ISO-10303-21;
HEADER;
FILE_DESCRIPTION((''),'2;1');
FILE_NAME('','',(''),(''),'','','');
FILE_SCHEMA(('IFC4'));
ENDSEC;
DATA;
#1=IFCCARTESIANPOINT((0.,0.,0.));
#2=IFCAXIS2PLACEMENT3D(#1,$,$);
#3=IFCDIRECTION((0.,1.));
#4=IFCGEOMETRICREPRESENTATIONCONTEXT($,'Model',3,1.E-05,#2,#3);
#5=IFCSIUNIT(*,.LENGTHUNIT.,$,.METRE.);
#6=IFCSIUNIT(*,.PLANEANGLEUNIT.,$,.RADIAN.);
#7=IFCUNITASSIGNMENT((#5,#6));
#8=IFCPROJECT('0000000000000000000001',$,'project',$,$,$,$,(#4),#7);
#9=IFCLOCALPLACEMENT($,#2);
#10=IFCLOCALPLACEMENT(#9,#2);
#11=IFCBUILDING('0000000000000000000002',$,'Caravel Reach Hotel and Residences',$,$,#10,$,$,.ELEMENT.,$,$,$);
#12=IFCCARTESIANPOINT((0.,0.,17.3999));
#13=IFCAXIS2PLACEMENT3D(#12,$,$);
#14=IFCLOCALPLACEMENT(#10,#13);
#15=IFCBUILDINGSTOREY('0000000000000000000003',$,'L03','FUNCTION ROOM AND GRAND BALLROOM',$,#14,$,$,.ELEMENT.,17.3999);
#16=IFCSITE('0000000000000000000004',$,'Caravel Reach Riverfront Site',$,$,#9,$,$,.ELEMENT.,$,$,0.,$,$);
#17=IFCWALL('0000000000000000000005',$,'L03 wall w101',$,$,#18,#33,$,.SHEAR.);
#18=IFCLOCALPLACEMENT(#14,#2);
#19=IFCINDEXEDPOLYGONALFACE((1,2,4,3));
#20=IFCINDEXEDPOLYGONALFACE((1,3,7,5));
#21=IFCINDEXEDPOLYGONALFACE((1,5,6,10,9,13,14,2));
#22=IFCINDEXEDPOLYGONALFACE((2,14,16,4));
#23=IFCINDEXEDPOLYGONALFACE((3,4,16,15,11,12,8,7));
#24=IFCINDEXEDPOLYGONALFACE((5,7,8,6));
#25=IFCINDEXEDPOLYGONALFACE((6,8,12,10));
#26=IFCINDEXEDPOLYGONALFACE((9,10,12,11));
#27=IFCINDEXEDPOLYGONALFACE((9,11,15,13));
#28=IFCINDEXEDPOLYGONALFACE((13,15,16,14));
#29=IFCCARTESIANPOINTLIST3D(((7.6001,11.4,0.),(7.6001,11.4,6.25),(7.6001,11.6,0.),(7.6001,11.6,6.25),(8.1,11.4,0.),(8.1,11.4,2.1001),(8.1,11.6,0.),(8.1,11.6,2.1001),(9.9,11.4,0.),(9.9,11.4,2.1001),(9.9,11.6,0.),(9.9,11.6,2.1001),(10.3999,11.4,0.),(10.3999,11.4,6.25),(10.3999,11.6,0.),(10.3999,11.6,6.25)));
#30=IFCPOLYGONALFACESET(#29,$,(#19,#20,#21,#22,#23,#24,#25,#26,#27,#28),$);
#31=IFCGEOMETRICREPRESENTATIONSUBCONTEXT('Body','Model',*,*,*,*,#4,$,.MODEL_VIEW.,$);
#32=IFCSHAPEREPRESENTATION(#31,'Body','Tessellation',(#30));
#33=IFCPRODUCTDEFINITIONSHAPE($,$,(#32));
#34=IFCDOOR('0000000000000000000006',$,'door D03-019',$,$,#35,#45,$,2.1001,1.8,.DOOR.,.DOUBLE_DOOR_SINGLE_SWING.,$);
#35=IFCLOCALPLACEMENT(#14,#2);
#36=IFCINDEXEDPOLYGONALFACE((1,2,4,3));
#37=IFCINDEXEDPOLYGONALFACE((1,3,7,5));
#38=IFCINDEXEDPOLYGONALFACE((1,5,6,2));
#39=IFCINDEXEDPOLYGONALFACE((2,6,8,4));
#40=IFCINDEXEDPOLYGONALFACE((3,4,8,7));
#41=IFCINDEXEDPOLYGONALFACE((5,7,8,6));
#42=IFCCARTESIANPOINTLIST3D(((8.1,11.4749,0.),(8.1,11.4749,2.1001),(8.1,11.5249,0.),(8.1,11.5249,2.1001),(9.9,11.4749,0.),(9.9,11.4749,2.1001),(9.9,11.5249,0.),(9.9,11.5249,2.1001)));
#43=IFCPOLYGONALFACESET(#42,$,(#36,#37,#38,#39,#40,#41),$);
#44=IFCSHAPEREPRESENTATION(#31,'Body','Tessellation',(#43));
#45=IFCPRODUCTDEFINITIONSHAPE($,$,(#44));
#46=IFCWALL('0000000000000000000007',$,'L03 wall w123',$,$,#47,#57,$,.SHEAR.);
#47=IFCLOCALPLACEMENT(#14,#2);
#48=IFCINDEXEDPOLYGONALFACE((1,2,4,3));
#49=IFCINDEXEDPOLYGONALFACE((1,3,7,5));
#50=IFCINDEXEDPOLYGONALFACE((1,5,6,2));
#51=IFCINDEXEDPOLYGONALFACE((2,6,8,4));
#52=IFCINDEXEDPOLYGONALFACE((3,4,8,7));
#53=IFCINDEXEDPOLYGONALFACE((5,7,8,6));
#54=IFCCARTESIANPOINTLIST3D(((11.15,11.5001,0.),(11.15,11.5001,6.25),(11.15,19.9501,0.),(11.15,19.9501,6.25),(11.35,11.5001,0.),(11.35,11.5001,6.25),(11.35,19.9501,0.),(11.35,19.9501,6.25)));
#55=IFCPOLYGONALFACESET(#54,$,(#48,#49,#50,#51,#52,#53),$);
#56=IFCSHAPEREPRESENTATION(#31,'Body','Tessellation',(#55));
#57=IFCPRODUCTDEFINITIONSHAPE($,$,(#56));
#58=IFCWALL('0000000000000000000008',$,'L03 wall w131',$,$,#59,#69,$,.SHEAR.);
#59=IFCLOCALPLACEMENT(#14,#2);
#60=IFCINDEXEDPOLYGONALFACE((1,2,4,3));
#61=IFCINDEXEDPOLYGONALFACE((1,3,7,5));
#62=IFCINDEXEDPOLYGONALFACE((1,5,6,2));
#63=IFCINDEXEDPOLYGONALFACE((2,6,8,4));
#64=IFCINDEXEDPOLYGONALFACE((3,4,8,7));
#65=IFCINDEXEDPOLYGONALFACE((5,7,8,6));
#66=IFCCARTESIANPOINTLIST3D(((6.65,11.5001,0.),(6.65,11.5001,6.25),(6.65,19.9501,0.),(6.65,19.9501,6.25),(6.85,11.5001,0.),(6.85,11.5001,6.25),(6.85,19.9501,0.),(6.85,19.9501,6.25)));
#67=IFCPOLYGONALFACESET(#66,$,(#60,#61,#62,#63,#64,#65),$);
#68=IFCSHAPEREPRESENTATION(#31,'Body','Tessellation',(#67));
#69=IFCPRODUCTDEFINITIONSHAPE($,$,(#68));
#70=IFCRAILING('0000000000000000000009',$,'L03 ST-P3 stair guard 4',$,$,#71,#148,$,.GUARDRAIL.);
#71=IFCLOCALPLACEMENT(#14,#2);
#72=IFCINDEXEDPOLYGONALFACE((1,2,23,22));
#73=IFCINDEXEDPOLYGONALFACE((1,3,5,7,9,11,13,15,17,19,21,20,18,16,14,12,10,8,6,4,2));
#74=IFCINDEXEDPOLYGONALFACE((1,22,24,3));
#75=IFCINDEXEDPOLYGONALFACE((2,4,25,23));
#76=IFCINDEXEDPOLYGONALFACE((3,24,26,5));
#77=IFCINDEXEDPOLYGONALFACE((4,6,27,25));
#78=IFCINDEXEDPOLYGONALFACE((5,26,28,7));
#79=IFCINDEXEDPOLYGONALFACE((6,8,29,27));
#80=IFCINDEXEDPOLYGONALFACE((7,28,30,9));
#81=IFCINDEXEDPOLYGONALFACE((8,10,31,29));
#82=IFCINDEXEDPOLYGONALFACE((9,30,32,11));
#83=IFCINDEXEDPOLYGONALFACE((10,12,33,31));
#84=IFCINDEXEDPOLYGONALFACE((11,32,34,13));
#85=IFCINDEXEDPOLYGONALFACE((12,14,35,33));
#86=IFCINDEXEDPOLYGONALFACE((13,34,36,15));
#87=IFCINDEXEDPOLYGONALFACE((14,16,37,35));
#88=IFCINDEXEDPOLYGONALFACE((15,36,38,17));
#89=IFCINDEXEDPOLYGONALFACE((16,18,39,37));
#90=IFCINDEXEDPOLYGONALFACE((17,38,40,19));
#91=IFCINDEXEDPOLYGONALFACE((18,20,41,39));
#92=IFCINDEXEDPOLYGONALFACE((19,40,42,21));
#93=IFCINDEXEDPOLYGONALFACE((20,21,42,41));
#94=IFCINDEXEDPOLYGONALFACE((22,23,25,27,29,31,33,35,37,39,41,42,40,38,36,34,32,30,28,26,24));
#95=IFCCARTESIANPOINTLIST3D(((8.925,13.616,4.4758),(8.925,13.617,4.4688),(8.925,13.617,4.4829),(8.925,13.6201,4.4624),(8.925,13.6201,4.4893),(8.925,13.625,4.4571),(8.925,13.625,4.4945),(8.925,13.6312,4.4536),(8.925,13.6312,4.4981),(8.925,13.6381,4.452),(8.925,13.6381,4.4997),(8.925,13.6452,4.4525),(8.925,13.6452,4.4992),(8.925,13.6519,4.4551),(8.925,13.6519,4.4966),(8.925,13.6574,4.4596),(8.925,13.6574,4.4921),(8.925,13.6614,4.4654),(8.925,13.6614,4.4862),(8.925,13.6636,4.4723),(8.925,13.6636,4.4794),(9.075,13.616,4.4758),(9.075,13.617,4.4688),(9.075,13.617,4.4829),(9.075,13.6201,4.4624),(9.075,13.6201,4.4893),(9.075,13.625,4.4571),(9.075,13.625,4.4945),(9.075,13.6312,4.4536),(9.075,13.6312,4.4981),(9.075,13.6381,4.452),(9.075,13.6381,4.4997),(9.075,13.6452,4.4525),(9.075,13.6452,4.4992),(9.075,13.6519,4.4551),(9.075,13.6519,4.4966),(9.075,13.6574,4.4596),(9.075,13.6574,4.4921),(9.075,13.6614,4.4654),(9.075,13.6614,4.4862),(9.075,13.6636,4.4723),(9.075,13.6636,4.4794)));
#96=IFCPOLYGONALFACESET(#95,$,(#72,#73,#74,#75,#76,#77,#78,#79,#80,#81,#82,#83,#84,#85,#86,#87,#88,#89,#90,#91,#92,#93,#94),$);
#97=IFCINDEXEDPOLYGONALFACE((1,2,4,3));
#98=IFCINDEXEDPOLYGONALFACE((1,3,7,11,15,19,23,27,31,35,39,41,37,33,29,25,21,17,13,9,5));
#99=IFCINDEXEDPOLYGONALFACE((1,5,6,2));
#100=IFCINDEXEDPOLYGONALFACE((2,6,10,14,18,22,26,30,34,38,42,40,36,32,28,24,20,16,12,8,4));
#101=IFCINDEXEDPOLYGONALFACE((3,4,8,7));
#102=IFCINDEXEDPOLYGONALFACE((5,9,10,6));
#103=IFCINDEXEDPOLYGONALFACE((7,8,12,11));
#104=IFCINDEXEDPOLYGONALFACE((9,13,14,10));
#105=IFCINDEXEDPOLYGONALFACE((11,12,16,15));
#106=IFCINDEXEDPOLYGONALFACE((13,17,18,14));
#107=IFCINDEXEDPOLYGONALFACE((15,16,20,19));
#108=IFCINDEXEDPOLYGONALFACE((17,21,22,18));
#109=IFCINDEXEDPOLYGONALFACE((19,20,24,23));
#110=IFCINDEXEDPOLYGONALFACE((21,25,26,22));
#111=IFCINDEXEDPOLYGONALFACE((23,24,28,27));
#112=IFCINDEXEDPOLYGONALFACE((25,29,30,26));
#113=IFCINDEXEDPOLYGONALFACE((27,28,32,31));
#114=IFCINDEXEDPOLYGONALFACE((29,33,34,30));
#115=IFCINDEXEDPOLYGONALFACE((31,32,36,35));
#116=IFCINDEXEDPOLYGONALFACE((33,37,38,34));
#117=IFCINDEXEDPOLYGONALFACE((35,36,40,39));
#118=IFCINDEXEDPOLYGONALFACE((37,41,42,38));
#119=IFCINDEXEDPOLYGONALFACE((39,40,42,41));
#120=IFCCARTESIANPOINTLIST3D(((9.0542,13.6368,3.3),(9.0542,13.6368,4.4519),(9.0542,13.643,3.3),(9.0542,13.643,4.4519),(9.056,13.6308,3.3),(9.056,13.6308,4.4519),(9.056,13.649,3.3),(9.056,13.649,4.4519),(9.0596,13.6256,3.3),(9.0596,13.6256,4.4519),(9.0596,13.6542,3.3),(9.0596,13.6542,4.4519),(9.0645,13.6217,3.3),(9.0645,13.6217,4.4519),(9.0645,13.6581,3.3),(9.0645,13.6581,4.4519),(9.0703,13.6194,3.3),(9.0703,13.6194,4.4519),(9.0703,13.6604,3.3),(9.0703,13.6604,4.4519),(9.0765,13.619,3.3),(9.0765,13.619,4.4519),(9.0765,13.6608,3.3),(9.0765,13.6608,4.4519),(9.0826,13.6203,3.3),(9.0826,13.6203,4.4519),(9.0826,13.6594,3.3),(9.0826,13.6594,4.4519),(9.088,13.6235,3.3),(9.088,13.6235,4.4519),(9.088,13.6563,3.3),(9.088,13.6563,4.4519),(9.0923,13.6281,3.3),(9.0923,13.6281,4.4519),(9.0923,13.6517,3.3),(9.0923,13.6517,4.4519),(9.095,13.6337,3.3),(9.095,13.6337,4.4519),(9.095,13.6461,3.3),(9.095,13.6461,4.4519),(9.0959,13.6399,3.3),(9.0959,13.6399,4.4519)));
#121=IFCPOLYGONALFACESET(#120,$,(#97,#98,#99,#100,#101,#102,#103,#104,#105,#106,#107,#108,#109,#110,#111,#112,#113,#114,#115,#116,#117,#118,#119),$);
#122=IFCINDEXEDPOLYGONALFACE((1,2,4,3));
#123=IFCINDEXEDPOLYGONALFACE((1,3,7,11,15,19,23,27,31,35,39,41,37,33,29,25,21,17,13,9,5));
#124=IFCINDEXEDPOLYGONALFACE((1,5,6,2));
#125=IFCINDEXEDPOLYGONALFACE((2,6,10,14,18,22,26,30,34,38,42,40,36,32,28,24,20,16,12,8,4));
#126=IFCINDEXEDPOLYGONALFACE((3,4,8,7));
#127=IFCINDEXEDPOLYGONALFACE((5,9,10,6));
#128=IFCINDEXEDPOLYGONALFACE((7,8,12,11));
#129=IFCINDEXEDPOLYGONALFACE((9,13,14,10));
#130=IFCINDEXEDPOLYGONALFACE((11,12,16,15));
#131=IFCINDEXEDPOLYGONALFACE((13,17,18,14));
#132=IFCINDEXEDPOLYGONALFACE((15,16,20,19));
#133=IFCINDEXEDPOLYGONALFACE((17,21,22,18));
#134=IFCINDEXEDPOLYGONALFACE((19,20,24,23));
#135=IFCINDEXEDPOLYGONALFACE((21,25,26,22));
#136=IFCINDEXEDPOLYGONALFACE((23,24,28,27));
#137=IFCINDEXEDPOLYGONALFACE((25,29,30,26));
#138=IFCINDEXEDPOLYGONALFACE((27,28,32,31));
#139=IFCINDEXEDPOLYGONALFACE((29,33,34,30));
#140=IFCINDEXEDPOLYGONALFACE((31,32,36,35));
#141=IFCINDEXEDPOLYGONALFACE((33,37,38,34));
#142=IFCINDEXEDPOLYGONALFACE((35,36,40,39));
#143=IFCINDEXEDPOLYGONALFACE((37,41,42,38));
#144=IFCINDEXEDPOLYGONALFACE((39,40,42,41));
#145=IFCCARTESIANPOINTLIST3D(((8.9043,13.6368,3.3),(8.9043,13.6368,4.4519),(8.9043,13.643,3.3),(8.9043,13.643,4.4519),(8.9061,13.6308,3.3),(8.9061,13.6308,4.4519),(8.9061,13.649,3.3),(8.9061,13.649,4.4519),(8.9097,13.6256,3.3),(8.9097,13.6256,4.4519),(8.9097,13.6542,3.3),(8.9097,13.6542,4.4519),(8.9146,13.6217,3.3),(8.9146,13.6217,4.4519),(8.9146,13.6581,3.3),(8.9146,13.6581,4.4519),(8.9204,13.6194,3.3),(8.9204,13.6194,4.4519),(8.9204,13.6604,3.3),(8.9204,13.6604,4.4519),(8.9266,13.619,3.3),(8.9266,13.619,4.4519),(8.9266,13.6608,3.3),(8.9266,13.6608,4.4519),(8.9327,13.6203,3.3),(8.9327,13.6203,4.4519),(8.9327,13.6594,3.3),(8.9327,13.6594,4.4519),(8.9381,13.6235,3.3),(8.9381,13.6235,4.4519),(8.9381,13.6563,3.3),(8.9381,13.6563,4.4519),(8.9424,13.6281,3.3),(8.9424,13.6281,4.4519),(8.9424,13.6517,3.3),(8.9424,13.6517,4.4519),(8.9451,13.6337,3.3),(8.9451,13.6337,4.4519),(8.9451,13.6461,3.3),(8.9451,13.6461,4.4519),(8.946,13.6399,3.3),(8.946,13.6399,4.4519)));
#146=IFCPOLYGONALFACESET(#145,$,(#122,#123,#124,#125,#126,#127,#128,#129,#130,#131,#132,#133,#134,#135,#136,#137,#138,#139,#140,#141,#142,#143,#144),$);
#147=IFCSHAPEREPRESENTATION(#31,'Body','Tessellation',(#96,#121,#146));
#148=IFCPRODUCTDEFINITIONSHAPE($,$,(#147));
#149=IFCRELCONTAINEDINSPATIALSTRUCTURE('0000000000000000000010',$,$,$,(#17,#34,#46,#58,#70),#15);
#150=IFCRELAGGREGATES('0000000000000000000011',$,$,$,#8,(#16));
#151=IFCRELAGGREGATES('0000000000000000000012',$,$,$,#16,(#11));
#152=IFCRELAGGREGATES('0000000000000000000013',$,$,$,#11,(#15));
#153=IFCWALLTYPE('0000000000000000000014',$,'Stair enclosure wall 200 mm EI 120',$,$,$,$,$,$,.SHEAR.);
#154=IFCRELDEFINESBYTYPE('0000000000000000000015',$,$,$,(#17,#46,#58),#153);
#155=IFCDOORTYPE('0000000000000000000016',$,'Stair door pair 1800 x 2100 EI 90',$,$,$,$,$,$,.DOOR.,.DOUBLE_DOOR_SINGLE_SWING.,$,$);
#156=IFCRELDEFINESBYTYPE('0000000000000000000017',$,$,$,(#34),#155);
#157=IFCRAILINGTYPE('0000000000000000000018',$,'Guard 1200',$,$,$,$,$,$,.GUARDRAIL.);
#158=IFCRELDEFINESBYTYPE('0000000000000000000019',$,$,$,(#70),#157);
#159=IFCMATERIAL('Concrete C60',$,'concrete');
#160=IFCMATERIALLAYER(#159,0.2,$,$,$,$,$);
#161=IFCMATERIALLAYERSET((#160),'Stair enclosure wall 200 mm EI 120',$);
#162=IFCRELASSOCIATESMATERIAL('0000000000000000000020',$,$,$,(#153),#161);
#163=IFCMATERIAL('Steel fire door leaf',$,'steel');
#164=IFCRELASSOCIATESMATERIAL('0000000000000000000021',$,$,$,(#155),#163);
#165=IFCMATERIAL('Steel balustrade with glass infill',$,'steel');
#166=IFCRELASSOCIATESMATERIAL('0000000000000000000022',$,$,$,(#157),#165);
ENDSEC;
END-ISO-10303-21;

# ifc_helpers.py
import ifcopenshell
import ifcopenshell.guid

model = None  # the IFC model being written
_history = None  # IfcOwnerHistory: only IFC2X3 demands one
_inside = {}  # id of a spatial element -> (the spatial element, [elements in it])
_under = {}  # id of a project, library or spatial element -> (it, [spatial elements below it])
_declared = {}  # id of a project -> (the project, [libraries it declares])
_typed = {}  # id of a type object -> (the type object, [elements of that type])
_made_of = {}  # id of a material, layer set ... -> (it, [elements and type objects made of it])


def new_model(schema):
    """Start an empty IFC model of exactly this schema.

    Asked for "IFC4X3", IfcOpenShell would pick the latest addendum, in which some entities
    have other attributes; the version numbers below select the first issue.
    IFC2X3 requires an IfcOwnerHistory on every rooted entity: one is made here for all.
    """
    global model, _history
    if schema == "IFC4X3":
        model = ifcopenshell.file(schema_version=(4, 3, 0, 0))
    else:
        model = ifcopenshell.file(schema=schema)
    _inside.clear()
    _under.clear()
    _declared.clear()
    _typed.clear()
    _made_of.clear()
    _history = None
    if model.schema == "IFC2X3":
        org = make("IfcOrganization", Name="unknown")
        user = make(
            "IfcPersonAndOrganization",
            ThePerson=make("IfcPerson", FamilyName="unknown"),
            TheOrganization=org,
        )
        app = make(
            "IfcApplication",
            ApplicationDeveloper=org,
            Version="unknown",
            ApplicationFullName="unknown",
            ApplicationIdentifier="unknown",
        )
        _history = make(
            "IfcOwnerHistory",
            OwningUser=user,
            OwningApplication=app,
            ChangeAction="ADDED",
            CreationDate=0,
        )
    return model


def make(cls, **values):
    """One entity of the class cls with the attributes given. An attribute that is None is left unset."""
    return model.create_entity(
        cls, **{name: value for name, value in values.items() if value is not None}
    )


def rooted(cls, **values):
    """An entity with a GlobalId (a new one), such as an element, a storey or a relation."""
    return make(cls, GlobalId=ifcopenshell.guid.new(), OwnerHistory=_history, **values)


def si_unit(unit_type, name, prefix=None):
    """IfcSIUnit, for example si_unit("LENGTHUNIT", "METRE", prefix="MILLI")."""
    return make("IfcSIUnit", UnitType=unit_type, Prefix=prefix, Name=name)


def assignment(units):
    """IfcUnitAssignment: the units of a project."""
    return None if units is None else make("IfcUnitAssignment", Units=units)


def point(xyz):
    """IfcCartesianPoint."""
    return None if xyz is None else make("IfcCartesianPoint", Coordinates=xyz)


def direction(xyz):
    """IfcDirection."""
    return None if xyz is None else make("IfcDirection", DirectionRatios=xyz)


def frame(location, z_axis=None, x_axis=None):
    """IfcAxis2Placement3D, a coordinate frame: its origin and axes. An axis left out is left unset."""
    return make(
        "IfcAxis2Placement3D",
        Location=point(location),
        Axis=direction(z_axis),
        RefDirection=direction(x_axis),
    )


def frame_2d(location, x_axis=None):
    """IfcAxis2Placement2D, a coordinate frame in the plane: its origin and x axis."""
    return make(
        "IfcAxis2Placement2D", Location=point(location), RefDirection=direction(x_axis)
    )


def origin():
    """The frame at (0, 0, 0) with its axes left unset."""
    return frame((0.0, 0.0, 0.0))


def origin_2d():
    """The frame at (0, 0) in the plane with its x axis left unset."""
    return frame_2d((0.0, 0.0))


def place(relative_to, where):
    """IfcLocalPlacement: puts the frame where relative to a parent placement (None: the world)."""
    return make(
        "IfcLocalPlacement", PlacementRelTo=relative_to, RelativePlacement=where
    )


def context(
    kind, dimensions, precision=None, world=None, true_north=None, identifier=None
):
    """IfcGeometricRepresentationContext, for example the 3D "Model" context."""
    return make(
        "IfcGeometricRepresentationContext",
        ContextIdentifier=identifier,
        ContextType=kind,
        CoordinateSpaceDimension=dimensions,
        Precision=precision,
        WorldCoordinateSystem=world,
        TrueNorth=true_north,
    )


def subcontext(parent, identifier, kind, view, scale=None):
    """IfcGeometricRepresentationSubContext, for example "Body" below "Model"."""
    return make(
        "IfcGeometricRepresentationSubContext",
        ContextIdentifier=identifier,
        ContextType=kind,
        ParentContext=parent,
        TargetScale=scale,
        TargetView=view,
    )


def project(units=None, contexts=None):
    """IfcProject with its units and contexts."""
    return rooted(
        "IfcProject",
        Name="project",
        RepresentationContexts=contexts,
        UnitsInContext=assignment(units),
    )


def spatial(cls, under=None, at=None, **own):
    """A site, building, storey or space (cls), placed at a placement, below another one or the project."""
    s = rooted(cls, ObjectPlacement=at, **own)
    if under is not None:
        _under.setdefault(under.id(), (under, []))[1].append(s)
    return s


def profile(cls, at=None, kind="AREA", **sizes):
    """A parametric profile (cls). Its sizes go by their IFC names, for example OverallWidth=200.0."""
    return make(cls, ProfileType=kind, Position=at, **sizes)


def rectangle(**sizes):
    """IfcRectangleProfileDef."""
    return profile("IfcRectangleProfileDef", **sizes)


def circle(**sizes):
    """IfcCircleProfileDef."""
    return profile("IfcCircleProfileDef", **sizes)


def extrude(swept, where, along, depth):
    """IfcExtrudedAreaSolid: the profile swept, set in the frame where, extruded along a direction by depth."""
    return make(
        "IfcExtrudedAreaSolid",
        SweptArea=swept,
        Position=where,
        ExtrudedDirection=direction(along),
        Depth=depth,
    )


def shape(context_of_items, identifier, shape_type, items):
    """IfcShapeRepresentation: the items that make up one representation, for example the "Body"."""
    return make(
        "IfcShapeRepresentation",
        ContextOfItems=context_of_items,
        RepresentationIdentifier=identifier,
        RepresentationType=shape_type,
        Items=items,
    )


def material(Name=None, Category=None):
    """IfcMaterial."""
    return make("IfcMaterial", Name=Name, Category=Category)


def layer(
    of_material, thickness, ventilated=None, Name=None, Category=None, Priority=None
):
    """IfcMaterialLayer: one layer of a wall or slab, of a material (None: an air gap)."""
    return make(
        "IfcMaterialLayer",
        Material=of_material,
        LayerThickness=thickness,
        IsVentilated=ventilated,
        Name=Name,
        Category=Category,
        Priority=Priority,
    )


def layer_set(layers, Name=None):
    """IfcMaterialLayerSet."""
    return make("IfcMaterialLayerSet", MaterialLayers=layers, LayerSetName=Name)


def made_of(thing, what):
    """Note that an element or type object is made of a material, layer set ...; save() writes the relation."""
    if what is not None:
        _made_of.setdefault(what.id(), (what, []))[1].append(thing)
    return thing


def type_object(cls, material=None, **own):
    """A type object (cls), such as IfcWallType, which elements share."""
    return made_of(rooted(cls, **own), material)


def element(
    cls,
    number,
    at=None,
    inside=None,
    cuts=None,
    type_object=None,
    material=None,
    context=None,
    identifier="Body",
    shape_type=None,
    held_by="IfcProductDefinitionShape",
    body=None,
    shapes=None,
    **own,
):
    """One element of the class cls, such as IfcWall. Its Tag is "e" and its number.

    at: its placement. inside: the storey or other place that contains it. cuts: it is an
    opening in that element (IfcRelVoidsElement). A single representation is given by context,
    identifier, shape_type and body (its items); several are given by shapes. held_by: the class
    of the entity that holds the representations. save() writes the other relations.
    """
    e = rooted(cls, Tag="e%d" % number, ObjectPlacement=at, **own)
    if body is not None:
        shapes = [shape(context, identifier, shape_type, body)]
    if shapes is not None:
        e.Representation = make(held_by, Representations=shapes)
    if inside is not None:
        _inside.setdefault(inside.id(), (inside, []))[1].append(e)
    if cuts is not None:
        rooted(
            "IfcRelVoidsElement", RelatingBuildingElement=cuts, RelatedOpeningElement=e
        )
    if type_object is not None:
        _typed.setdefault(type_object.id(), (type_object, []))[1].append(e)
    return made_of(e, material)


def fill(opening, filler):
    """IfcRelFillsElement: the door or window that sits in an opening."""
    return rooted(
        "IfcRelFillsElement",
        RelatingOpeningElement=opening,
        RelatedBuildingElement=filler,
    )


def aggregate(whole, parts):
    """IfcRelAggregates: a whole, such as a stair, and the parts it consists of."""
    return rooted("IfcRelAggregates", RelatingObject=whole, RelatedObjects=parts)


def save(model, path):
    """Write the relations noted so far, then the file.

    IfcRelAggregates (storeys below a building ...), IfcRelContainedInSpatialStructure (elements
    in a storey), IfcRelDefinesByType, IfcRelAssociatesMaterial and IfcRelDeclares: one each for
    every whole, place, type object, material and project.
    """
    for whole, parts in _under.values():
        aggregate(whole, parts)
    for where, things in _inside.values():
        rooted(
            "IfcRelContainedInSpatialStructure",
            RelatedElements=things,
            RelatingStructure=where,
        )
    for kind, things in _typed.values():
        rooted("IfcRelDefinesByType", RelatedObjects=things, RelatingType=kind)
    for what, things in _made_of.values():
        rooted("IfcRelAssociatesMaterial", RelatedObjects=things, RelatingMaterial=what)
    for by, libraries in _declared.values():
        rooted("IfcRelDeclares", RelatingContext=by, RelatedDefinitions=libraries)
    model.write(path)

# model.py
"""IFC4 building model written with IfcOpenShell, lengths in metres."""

from ifc_helpers import new_model, si_unit, direction, frame, frame_2d, origin, origin_2d, place, context, subcontext, project, spatial, rectangle, circle, extrude, material, layer, layer_set, type_object, element, fill, save


model = new_model("IFC4")

# Units and contexts
model_context = context("Model", 3, precision=1e-05, world=origin(), true_north=direction((0.0, 1.0)))
body_context = subcontext(model_context, "Body", "Model", "MODEL_VIEW")
ifc_project = project(units=[si_unit("LENGTHUNIT", "METRE"), si_unit("PLANEANGLEUNIT", "RADIAN")], contexts=[model_context])

# Site, building, storey
site_placement = place(None, origin())
site = spatial("IfcSite", under=ifc_project, at=site_placement, Name="Caravel Reach Riverfront Site", CompositionType="ELEMENT", RefElevation=0.0)
building_placement = place(site_placement, origin())
building = spatial("IfcBuilding", under=site, at=building_placement, Name="Caravel Reach Hotel and Residences", CompositionType="ELEMENT")
storey_placement = place(building_placement, frame((0.0, 0.0, 17.3999)))
storey = spatial("IfcBuildingStorey", under=building, at=storey_placement, Name="L03", Description="FUNCTION ROOM AND GRAND BALLROOM", CompositionType="ELEMENT", Elevation=17.3999)

# Shared definitions
ifc_material_1 = material(Name="Concrete C60", Category="concrete")
ifc_layer_1 = layer(ifc_material_1, 0.2)
ifc_layer_set_1 = layer_set([ifc_layer_1], Name="Stair enclosure wall 200 mm EI 120")
wall_type_1 = type_object("IfcWallType", Name="Stair enclosure wall 200 mm EI 120", PredefinedType="SHEAR", material=ifc_layer_set_1)

# Wall, opening, door
wall_1_placement = place(storey_placement, frame((7.6001, 11.5, 0.0), z_axis=(0.0, 0.0, 1.0), x_axis=(1.0, 0.0, 0.0)))
wall_1 = element("IfcWall", 1, at=wall_1_placement, inside=storey, type_object=wall_type_1, Name="L03 wall w101", PredefinedType="SHEAR", context=body_context, shape_type="SweptSolid", body=[
    extrude(rectangle(XDim=2.7998, YDim=0.2, at=frame_2d((1.3999, 0.0))), origin(), (0.0, 0.0, 1.0), 6.25),
])
opening_1_placement = place(wall_1_placement, frame((0.5, 0.0, 0.0)))
opening_1 = element("IfcOpeningElement", 2, at=opening_1_placement, cuts=wall_1, PredefinedType="OPENING", context=body_context, shape_type="SweptSolid", body=[
    extrude(rectangle(XDim=1.8, YDim=2.1001, at=frame_2d((0.8999, 1.05))), frame((0.0, 0.1099, 0.0), z_axis=(0.0, -1.0, 0.0), x_axis=(1.0, 0.0, 0.0)), (0.0, 0.0, 1.0), 0.22),
])
ifc_material_2 = material(Name="Steel fire door leaf", Category="steel")
door_type_1 = type_object("IfcDoorType", Name="Stair door pair 1800 x 2100 EI 90", OperationType="DOUBLE_DOOR_SINGLE_SWING", PredefinedType="DOOR", material=ifc_material_2)
door_1_placement = place(opening_1_placement, origin())
door_1 = element("IfcDoor", 3, at=door_1_placement, inside=storey, type_object=door_type_1, Name="door D03-019", OperationType="DOUBLE_DOOR_SINGLE_SWING", OverallHeight=2.1001, OverallWidth=1.8, PredefinedType="DOOR", context=body_context, shape_type="SweptSolid", body=[
    extrude(rectangle(XDim=1.8, YDim=2.1001, at=frame_2d((0.8999, 1.05))), frame((0.0, 0.0249, 0.0), z_axis=(0.0, -1.0, 0.0), x_axis=(1.0, 0.0, 0.0)), (0.0, 0.0, 1.0), 0.05),
])
fill(opening_1, door_1)

# Walls
for number, where, z_axis, x_axis, name in (
    (4, (11.25, 11.5, 0.0), (0.0, 0.0, 1.0), (0.0, 1.0, 0.0), "L03 wall w123"),
    (5, (6.75, 11.5, 0.0), (0.0, 0.0, 1.0), (0.0, 1.0, 0.0), "L03 wall w131"),
):
    element("IfcWall", number, at=place(storey_placement, frame(where, z_axis=z_axis, x_axis=x_axis)), inside=storey, type_object=wall_type_1, Name=name, PredefinedType="SHEAR", context=body_context, shape_type="SweptSolid", body=[
        extrude(rectangle(XDim=8.45, YDim=0.2, at=frame_2d((4.2251, 0.0))), origin(), (0.0, 0.0, 1.0), 6.25),
    ])

# Railing
ifc_material_3 = material(Name="Steel balustrade with glass infill", Category="steel")
railing_type = type_object("IfcRailingType", Name="Guard 1200", PredefinedType="GUARDRAIL", material=ifc_material_3)
for number, where, name in (
    (6, (9.075, 13.6399, 3.3), "L03 ST-P3 stair guard 4"),
):
    element("IfcRailing", number, at=place(storey_placement, frame(where)), inside=storey, type_object=railing_type, Name=name, PredefinedType="GUARDRAIL", context=body_context, shape_type="SweptSolid", body=[
        extrude(circle(Radius=0.0239, at=origin_2d()), frame((0.0, 0.0, 1.1758), z_axis=(-1.0, 0.0, 0.0), x_axis=(0.0, -1.0, 0.0)), (0.0, 0.0, 1.0), 0.1499),
        extrude(circle(Radius=0.021, at=origin_2d()), origin(), (0.0, 0.0, 1.0), 1.1519),
        extrude(circle(Radius=0.021, at=origin_2d()), frame((-0.1499, 0.0, 0.0)), (0.0, 0.0, 1.0), 1.1519),
    ])

save(model, "model.ifc")
